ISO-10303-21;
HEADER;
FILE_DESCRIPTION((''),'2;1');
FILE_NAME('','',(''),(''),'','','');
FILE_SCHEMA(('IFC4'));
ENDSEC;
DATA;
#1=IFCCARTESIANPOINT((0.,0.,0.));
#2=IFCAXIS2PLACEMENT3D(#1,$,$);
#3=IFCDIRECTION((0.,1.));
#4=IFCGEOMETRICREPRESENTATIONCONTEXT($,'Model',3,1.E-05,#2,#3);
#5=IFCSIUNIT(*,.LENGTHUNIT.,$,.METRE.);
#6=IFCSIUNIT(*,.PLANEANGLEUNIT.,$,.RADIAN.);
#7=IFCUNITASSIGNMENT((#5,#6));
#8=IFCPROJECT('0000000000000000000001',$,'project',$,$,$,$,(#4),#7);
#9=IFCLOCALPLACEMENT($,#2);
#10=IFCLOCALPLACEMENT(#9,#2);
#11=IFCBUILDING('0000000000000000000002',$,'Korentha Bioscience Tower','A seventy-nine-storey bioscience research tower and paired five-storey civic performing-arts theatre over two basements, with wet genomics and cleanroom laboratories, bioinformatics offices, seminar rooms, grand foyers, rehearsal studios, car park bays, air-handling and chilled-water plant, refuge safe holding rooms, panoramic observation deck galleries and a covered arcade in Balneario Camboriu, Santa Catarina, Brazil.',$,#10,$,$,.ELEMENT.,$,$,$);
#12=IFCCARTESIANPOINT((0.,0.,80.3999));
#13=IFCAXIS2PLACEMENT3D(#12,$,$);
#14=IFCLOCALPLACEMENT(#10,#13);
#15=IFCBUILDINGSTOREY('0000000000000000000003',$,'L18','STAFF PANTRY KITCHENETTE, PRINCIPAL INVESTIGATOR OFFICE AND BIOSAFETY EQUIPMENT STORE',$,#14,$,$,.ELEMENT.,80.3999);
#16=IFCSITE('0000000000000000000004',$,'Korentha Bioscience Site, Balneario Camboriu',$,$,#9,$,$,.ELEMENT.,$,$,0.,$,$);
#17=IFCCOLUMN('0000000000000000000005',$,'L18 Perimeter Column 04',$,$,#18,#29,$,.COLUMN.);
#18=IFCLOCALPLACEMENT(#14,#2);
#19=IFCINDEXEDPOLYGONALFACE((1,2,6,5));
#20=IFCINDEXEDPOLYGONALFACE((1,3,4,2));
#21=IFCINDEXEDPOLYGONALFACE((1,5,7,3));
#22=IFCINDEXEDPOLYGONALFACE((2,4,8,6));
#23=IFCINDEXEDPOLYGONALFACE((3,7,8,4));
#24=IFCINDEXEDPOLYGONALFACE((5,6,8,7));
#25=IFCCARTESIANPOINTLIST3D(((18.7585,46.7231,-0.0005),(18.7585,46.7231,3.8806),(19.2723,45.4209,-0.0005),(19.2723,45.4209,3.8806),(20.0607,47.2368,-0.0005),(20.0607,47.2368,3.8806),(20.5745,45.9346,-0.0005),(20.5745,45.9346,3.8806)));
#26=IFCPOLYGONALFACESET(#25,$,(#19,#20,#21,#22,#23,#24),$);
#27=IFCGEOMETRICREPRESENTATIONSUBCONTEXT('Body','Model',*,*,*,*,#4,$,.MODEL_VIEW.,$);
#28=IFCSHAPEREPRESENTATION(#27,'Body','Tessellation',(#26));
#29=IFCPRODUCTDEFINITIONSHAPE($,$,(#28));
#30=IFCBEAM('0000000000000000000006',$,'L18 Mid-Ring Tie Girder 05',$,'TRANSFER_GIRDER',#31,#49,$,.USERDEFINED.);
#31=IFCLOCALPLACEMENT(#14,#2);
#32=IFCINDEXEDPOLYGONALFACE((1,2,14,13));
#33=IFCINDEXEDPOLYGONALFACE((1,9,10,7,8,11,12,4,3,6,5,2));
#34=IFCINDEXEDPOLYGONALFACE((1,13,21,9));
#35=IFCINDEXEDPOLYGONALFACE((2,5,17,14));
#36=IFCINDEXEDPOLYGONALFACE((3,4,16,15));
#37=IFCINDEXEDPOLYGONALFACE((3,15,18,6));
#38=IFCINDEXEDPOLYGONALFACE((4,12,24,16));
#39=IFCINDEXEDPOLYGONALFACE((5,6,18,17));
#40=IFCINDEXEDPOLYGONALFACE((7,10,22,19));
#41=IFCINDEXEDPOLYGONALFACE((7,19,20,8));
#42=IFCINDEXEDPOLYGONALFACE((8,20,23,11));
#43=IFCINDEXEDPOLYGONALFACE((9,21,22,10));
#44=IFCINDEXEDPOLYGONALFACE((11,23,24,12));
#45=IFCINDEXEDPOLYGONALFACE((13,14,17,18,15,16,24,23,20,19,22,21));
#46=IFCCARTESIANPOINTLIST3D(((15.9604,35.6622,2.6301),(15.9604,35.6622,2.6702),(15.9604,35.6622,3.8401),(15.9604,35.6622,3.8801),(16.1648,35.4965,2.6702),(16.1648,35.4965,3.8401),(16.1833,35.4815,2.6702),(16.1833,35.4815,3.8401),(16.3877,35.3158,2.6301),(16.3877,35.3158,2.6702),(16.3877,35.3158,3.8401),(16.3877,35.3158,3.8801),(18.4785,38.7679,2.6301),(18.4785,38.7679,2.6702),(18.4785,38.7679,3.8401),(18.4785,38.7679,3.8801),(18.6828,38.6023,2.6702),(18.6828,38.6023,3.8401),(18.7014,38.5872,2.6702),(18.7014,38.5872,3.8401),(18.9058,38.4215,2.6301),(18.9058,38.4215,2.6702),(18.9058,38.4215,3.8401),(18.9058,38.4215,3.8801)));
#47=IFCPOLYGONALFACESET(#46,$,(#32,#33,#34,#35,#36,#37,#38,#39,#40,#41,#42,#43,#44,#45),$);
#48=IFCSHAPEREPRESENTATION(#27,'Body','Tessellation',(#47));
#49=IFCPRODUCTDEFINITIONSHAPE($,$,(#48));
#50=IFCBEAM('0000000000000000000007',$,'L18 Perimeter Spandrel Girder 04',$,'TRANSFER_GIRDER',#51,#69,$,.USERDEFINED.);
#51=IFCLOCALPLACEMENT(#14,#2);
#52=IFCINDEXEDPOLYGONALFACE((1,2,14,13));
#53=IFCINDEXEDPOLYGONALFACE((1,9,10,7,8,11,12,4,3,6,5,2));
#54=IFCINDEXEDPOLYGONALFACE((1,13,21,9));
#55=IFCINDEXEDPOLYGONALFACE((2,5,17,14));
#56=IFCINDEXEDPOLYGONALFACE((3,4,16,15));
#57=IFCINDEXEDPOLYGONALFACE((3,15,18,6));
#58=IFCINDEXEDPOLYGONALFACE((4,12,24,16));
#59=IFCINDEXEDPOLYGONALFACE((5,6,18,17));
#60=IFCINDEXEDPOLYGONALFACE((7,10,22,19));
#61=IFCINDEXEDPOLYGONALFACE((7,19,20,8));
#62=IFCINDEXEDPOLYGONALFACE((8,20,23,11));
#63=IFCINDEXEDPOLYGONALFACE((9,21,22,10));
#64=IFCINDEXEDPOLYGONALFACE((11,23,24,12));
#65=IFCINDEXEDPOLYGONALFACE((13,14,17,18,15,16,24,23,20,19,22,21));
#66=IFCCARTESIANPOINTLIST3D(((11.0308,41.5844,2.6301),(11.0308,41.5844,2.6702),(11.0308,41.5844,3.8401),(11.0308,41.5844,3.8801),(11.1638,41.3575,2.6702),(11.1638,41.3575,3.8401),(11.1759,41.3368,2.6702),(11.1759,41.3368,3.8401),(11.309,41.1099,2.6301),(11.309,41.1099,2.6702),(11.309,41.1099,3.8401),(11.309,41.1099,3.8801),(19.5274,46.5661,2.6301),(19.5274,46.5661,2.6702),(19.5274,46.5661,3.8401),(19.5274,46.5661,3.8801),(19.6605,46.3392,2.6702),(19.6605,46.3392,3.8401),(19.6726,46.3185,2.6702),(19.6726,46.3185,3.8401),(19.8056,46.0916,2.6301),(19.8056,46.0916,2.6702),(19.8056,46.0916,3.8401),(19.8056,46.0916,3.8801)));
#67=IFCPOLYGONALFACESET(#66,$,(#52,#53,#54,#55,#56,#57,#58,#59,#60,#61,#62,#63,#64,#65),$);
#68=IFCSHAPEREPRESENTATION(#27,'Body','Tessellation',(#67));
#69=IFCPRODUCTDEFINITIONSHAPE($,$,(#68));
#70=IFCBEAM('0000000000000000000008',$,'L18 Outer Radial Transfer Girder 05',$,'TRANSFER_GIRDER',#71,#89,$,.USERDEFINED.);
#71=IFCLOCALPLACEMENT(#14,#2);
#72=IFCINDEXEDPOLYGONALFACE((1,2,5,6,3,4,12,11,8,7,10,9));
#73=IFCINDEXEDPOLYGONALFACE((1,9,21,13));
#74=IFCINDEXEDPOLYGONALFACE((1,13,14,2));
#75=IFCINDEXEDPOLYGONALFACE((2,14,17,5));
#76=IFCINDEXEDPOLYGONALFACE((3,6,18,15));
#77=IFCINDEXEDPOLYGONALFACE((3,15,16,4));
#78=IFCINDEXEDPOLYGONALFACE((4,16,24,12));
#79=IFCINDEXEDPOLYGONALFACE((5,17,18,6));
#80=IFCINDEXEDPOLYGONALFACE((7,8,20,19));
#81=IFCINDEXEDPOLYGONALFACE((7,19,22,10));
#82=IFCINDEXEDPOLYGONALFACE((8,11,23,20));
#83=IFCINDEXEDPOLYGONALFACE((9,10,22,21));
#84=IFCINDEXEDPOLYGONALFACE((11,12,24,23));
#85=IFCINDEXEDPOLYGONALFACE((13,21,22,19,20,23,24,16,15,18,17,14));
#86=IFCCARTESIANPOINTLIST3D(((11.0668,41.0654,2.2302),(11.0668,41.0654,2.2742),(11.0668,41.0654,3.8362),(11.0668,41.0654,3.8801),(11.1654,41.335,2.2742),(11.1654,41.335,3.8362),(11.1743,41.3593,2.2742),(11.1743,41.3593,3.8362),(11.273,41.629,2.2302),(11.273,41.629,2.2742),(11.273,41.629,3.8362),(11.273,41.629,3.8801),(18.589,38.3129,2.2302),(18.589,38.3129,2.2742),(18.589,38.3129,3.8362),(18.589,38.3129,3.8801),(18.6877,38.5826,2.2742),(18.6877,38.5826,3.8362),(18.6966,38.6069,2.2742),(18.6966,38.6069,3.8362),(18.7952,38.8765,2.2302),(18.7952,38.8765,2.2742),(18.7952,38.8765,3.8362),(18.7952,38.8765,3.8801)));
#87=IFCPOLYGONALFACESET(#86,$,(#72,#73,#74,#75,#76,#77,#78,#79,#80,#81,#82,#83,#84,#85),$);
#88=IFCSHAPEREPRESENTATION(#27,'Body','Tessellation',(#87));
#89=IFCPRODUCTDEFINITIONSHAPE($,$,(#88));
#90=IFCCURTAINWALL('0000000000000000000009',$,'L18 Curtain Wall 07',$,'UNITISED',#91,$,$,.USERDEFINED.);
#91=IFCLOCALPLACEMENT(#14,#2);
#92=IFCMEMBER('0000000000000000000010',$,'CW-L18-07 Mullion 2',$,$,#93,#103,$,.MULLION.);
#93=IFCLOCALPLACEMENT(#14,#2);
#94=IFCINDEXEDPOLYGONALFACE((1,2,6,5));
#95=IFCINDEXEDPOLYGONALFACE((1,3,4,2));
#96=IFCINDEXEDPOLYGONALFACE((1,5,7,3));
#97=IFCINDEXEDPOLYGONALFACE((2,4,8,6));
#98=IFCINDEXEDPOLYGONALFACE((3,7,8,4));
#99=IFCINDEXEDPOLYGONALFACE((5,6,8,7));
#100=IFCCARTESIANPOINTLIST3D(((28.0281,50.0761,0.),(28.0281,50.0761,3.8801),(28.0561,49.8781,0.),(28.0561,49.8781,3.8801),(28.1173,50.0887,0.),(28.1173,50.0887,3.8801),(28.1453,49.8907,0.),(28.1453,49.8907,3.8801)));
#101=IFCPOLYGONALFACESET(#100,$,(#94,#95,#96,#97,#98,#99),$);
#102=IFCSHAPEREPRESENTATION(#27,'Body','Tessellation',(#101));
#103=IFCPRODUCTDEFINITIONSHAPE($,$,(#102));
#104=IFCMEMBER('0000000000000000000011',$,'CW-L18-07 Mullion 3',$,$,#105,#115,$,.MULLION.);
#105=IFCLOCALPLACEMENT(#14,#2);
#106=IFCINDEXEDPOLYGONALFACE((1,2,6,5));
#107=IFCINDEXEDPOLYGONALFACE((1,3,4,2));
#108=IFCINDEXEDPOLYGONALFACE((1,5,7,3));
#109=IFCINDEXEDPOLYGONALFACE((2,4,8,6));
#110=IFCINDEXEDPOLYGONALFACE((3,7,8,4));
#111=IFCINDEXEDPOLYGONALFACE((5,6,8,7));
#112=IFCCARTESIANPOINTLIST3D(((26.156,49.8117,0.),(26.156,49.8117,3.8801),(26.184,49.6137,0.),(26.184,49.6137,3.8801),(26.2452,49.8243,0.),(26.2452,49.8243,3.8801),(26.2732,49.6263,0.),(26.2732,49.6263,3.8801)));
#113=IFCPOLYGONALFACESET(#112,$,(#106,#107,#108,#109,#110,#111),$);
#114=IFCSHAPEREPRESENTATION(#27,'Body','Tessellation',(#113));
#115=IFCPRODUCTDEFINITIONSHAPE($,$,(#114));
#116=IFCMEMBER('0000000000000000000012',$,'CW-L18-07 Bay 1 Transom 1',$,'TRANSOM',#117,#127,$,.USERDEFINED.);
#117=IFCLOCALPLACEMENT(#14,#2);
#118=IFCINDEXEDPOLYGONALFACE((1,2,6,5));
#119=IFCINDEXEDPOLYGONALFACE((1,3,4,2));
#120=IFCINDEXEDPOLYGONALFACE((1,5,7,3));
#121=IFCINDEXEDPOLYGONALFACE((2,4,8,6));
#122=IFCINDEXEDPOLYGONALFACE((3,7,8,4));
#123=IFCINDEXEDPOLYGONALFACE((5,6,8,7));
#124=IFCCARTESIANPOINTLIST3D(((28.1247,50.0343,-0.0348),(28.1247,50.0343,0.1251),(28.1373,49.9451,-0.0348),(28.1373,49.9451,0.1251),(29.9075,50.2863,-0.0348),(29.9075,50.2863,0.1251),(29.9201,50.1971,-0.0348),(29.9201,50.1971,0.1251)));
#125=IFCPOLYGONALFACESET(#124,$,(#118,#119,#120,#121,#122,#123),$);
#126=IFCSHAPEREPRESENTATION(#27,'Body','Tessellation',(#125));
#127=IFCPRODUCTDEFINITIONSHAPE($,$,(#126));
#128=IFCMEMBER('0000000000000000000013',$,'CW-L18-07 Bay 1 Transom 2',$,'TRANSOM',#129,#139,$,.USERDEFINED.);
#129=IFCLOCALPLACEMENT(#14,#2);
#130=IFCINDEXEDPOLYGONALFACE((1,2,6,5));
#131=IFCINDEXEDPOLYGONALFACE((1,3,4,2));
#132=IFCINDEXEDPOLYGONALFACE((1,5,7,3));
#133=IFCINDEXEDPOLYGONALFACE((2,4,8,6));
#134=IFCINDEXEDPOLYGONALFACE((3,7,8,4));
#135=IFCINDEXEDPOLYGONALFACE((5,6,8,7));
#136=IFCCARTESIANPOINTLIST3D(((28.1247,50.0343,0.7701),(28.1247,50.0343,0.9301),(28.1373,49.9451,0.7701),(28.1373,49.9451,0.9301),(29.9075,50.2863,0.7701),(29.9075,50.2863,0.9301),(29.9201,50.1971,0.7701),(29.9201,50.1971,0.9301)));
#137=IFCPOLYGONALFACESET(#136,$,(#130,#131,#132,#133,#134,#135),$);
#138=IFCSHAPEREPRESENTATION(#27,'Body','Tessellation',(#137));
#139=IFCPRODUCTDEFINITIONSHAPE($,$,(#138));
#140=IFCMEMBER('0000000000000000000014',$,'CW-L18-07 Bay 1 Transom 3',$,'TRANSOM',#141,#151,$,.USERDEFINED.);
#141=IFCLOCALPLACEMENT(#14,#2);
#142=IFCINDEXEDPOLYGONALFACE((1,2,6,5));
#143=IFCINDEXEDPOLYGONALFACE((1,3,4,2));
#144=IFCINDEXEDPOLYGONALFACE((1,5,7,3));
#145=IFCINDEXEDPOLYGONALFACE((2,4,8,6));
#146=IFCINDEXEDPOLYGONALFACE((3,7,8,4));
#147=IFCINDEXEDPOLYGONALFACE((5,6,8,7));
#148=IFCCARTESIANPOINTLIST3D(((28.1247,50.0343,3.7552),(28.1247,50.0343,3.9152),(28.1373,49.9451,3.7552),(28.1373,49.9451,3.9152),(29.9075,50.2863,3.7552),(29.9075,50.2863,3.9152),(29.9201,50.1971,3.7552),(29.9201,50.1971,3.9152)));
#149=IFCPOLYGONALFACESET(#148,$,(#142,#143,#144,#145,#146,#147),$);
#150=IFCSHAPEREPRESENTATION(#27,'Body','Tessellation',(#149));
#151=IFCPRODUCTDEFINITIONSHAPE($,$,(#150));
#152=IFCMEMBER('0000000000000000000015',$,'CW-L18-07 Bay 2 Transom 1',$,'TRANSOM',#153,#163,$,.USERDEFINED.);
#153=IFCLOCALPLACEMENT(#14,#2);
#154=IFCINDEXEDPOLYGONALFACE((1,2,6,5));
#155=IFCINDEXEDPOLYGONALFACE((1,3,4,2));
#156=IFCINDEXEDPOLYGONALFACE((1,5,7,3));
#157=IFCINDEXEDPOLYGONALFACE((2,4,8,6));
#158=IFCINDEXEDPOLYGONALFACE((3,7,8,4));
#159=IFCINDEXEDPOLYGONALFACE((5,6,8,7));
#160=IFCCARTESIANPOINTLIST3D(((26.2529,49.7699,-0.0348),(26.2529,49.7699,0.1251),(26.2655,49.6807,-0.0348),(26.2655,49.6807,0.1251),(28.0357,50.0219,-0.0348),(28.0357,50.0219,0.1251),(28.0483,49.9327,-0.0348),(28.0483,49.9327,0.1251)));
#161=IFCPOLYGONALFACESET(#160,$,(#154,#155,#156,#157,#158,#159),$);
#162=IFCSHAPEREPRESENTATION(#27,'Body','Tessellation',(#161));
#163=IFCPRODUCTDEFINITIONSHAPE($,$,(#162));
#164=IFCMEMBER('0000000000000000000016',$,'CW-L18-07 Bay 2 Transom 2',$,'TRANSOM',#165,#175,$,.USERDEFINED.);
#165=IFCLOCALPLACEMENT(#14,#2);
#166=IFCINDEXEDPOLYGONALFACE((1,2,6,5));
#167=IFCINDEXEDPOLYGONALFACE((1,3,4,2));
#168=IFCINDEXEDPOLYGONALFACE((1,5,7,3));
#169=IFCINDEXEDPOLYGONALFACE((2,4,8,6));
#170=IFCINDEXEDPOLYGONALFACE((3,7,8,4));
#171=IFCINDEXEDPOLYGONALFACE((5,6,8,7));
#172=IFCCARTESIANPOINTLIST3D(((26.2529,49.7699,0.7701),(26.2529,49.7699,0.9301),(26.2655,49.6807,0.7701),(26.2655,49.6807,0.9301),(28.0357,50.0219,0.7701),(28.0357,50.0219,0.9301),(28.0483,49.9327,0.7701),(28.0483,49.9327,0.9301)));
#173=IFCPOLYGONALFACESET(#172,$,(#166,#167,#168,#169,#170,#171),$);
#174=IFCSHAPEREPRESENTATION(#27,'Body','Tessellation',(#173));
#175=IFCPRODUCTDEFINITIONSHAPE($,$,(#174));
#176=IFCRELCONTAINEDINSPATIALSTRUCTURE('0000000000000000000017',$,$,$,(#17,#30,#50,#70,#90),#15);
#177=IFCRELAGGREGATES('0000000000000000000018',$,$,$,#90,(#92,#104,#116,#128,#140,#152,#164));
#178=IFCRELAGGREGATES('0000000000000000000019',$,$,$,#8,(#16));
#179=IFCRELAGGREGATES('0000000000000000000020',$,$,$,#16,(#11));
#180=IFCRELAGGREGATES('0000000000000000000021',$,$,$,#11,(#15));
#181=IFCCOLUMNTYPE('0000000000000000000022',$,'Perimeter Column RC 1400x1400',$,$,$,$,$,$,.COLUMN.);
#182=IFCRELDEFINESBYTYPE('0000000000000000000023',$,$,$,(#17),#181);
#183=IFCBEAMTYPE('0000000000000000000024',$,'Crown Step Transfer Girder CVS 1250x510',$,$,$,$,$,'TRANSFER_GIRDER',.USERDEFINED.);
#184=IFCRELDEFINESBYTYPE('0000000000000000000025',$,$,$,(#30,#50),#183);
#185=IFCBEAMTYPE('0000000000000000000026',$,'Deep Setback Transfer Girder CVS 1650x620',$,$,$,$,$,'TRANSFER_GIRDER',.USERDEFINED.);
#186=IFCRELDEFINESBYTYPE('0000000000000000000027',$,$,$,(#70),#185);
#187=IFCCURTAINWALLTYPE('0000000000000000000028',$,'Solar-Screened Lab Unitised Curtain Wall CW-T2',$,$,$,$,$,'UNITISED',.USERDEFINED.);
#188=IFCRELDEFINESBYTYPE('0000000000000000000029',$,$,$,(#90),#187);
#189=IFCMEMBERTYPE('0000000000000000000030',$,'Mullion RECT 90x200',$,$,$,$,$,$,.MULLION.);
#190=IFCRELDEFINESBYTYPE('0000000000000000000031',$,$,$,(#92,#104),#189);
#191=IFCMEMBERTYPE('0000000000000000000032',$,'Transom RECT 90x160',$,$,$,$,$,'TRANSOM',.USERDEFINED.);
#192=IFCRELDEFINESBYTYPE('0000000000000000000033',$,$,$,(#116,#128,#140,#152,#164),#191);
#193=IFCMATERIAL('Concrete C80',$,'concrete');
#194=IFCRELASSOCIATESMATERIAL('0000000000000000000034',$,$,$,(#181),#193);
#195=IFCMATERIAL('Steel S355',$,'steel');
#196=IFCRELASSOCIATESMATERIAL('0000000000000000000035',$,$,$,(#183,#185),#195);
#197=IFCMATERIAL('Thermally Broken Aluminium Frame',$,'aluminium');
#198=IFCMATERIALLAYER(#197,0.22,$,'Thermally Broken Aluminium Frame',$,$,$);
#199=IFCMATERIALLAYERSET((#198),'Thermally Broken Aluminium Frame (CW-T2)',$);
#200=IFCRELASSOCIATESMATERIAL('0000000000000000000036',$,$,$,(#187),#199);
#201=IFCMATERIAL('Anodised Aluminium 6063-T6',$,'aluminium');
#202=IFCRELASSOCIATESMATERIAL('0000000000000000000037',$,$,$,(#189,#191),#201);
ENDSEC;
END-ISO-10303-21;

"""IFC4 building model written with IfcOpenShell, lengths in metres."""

from ifc_helpers import new_model, si_unit, direction, frame, origin, origin_2d, place, context, subcontext, project, spatial, rectangle, i_section, extrude, material, layer, layer_set, material_profile, profile_set, type_object, element, aggregate, save


model = new_model("IFC4")

# Units and contexts
model_context = context("Model", 3, precision=1e-05, world=origin(), true_north=direction((0.0, 1.0)))
body_context = subcontext(model_context, "Body", "Model", "MODEL_VIEW")
ifc_project = project(units=[si_unit("LENGTHUNIT", "METRE"), si_unit("PLANEANGLEUNIT", "RADIAN")], contexts=[model_context])

# Site, building, storey
site_placement = place(None, origin())
site = spatial("IfcSite", under=ifc_project, at=site_placement, Name="Korentha Bioscience Site, Balneario Camboriu", CompositionType="ELEMENT", RefElevation=0.0)
building_placement = place(site_placement, origin())
building = spatial("IfcBuilding", under=site, at=building_placement, Name="Korentha Bioscience Tower", Description="A seventy-nine-storey bioscience research tower and paired five-storey civic performing-arts theatre over two basements, with wet genomics and cleanroom laboratories, bioinformatics offices, seminar rooms, grand foyers, rehearsal studios, car park bays, air-handling and chilled-water plant, refuge safe holding rooms, panoramic observation deck galleries and a covered arcade in Balneario Camboriu, Santa Catarina, Brazil.", CompositionType="ELEMENT")
storey_placement = place(building_placement, frame((0.0, 0.0, 80.3999)))
storey = spatial("IfcBuildingStorey", under=building, at=storey_placement, Name="L18", Description="STAFF PANTRY KITCHENETTE, PRINCIPAL INVESTIGATOR OFFICE AND BIOSAFETY EQUIPMENT STORE", CompositionType="ELEMENT", Elevation=80.3999)

# Column
ifc_material_1 = material(Name="Concrete C80", Category="concrete")
ifc_material_profile_1 = material_profile(ifc_material_1, rectangle(XDim=1.3999, YDim=1.3999, at=origin_2d()), Name="Concrete C80")
ifc_profile_set_1 = profile_set([ifc_material_profile_1], Name="Concrete C80 (COL-P14)")
column_type = type_object("IfcColumnType", Name="Perimeter Column RC 1400x1400", PredefinedType="COLUMN", material=ifc_profile_set_1)
column_placement = place(storey_placement, frame((19.6665, 46.3289, -0.0005), z_axis=(0.0, 0.0, 1.0), x_axis=(0.930226, 0.366988, 0.0)))
element("IfcColumn", 1, at=column_placement, inside=storey, type_object=column_type, Name="L18 Perimeter Column 04", PredefinedType="COLUMN", context=body_context, shape_type="SweptSolid", body=[
    extrude(rectangle(XDim=1.3999, YDim=1.3999, at=origin_2d()), origin(), (0.0, 0.0, 1.0), 3.8811),
])

# Beams
ifc_material_2 = material(Name="Steel S355", Category="steel")
ifc_material_profile_2 = material_profile(ifc_material_2, i_section(OverallWidth=0.55, OverallDepth=1.25, WebThickness=0.0239, FlangeThickness=0.04, at=origin_2d()), Name="Steel S355")
ifc_profile_set_2 = profile_set([ifc_material_profile_2], Name="Steel S355 (TG-03)")
beam_type_1 = type_object("IfcBeamType", Name="Crown Step Transfer Girder CVS 1250x510", ElementType="TRANSFER_GIRDER", PredefinedType="USERDEFINED", material=ifc_profile_set_2)
beam_1_placement = place(storey_placement, frame((18.6921, 38.5947, 3.2551), z_axis=(-0.62979, -0.776765, 0.0), x_axis=(0.776765, -0.62979, 0.0)))
element("IfcBeam", 2, at=beam_1_placement, inside=storey, type_object=beam_type_1, Name="L18 Mid-Ring Tie Girder 05", ObjectType="TRANSFER_GIRDER", PredefinedType="USERDEFINED", context=body_context, shape_type="SweptSolid", body=[
    extrude(i_section(OverallWidth=0.55, OverallDepth=1.25, WebThickness=0.0239, FlangeThickness=0.04, at=origin_2d()), origin(), (0.0, 0.0, 1.0), 3.9983),
])
beam_2_placement = place(storey_placement, frame((19.6665, 46.3289, 3.2551), z_axis=(-0.862657, -0.50579, 0.0), x_axis=(0.50579, -0.862657, 0.0)))
element("IfcBeam", 3, at=beam_2_placement, inside=storey, type_object=beam_type_1, Name="L18 Perimeter Spandrel Girder 04", ObjectType="TRANSFER_GIRDER", PredefinedType="USERDEFINED", context=body_context, shape_type="SweptSolid", body=[
    extrude(i_section(OverallWidth=0.55, OverallDepth=1.25, WebThickness=0.0239, FlangeThickness=0.04, at=origin_2d()), origin(), (0.0, 0.0, 1.0), 9.8494),
])
ifc_material_profile_3 = material_profile(ifc_material_2, i_section(OverallWidth=0.6001, OverallDepth=1.6499, WebThickness=0.0259, FlangeThickness=0.0439, at=origin_2d()), Name="Steel S355")
ifc_profile_set_3 = profile_set([ifc_material_profile_3], Name="Steel S355 (TG-04)")
beam_type_2 = type_object("IfcBeamType", Name="Deep Setback Transfer Girder CVS 1650x620", ElementType="TRANSFER_GIRDER", PredefinedType="USERDEFINED", material=ifc_profile_set_3)
beam_3_placement = place(storey_placement, frame((18.6921, 38.5947, 3.0552), z_axis=(-0.939106, 0.343627, 0.0), x_axis=(-0.343627, -0.939106, 0.0)))
element("IfcBeam", 4, at=beam_3_placement, inside=storey, type_object=beam_type_2, Name="L18 Outer Radial Transfer Girder 05", ObjectType="TRANSFER_GIRDER", PredefinedType="USERDEFINED", context=body_context, shape_type="SweptSolid", body=[
    extrude(i_section(OverallWidth=0.6001, OverallDepth=1.6499, WebThickness=0.0259, FlangeThickness=0.0439, at=origin_2d()), origin(), (0.0, 0.0, 1.0), 8.01),
])

# Curtain wall, members
ifc_material_3 = material(Name="Thermally Broken Aluminium Frame", Category="aluminium")
ifc_layer_1 = layer(ifc_material_3, 0.22, Name="Thermally Broken Aluminium Frame")
ifc_layer_set_1 = layer_set([ifc_layer_1], Name="Thermally Broken Aluminium Frame (CW-T2)")
curtain_wall_type = type_object("IfcCurtainWallType", Name="Solar-Screened Lab Unitised Curtain Wall CW-T2", ElementType="UNITISED", PredefinedType="USERDEFINED", material=ifc_layer_set_1)
curtain_wall_placement = place(storey_placement, origin())
curtain_wall = element("IfcCurtainWall", 5, at=curtain_wall_placement, inside=storey, type_object=curtain_wall_type, Name="L18 Curtain Wall 07", ObjectType="UNITISED", PredefinedType="USERDEFINED")
ifc_material_4 = material(Name="Anodised Aluminium 6063-T6", Category="aluminium")
ifc_material_profile_4 = material_profile(ifc_material_4, rectangle(XDim=0.0901, YDim=0.2, at=origin_2d()), Name="Anodised Aluminium 6063-T6")
ifc_profile_set_4 = profile_set([ifc_material_profile_4], Name="Anodised Aluminium 6063-T6 (CW-MUL)")
member_type_1 = type_object("IfcMemberType", Name="Mullion RECT 90x200", PredefinedType="MULLION", material=ifc_profile_set_4)
member_1_placement = place(storey_placement, frame((28.0867, 49.9834, 0.0), z_axis=(0.0, 0.0, 1.0), x_axis=(-0.990167, -0.139888, 0.0)))
member_1 = element("IfcMember", 6, at=member_1_placement, type_object=member_type_1, Name="CW-L18-07 Mullion 2", PredefinedType="MULLION", context=body_context, shape_type="SweptSolid", body=[
    extrude(rectangle(XDim=0.0901, YDim=0.2, at=origin_2d()), origin(), (0.0, 0.0, 1.0), 3.8801),
])
member_2_placement = place(storey_placement, frame((26.2146, 49.719, 0.0), z_axis=(0.0, 0.0, 1.0), x_axis=(-0.990167, -0.139888, 0.0)))
member_2 = element("IfcMember", 7, at=member_2_placement, type_object=member_type_1, Name="CW-L18-07 Mullion 3", PredefinedType="MULLION", context=body_context, shape_type="SweptSolid", body=[
    extrude(rectangle(XDim=0.0901, YDim=0.2, at=origin_2d()), origin(), (0.0, 0.0, 1.0), 3.8801),
])
ifc_material_profile_5 = material_profile(ifc_material_4, rectangle(XDim=0.0901, YDim=0.1599, at=origin_2d()), Name="Anodised Aluminium 6063-T6")
ifc_profile_set_5 = profile_set([ifc_material_profile_5], Name="Anodised Aluminium 6063-T6 (CW-TRN)")
member_type_2 = type_object("IfcMemberType", Name="Transom RECT 90x160", ElementType="TRANSOM", PredefinedType="USERDEFINED", material=ifc_profile_set_5)
member_3_placement = place(storey_placement, frame((29.9138, 50.2417, 0.0452), z_axis=(-0.99016, -0.13994, 0.0), x_axis=(0.13994, -0.99016, 0.0)))
member_3 = element("IfcMember", 8, at=member_3_placement, type_object=member_type_2, Name="CW-L18-07 Bay 1 Transom 1", ObjectType="TRANSOM", PredefinedType="USERDEFINED", context=body_context, shape_type="SweptSolid", body=[
    extrude(rectangle(XDim=0.0901, YDim=0.1599, at=origin_2d()), origin(), (0.0, 0.0, 1.0), 1.8005),
])
member_4_placement = place(storey_placement, frame((29.9138, 50.2417, 0.8501), z_axis=(-0.99016, -0.13994, 0.0), x_axis=(0.13994, -0.99016, 0.0)))
member_4 = element("IfcMember", 9, at=member_4_placement, type_object=member_type_2, Name="CW-L18-07 Bay 1 Transom 2", ObjectType="TRANSOM", PredefinedType="USERDEFINED", context=body_context, shape_type="SweptSolid", body=[
    extrude(rectangle(XDim=0.0901, YDim=0.1599, at=origin_2d()), origin(), (0.0, 0.0, 1.0), 1.8005),
])
member_5_placement = place(storey_placement, frame((29.9138, 50.2417, 3.8352), z_axis=(-0.99016, -0.13994, 0.0), x_axis=(0.13994, -0.99016, 0.0)))
member_5 = element("IfcMember", 10, at=member_5_placement, type_object=member_type_2, Name="CW-L18-07 Bay 1 Transom 3", ObjectType="TRANSOM", PredefinedType="USERDEFINED", context=body_context, shape_type="SweptSolid", body=[
    extrude(rectangle(XDim=0.0901, YDim=0.1599, at=origin_2d()), origin(), (0.0, 0.0, 1.0), 1.8005),
])
member_6_placement = place(storey_placement, frame((28.042, 49.9773, 0.0452), z_axis=(-0.99016, -0.13994, 0.0), x_axis=(0.13994, -0.99016, 0.0)))
member_6 = element("IfcMember", 11, at=member_6_placement, type_object=member_type_2, Name="CW-L18-07 Bay 2 Transom 1", ObjectType="TRANSOM", PredefinedType="USERDEFINED", context=body_context, shape_type="SweptSolid", body=[
    extrude(rectangle(XDim=0.0901, YDim=0.1599, at=origin_2d()), origin(), (0.0, 0.0, 1.0), 1.8005),
])
member_7_placement = place(storey_placement, frame((28.042, 49.9773, 0.8501), z_axis=(-0.99016, -0.13994, 0.0), x_axis=(0.13994, -0.99016, 0.0)))
member_7 = element("IfcMember", 12, at=member_7_placement, type_object=member_type_2, Name="CW-L18-07 Bay 2 Transom 2", ObjectType="TRANSOM", PredefinedType="USERDEFINED", context=body_context, shape_type="SweptSolid", body=[
    extrude(rectangle(XDim=0.0901, YDim=0.1599, at=origin_2d()), origin(), (0.0, 0.0, 1.0), 1.8005),
])
aggregate(curtain_wall, [member_1, member_2, member_3, member_4, member_5, member_6, member_7])

save(model, "model.ifc")
